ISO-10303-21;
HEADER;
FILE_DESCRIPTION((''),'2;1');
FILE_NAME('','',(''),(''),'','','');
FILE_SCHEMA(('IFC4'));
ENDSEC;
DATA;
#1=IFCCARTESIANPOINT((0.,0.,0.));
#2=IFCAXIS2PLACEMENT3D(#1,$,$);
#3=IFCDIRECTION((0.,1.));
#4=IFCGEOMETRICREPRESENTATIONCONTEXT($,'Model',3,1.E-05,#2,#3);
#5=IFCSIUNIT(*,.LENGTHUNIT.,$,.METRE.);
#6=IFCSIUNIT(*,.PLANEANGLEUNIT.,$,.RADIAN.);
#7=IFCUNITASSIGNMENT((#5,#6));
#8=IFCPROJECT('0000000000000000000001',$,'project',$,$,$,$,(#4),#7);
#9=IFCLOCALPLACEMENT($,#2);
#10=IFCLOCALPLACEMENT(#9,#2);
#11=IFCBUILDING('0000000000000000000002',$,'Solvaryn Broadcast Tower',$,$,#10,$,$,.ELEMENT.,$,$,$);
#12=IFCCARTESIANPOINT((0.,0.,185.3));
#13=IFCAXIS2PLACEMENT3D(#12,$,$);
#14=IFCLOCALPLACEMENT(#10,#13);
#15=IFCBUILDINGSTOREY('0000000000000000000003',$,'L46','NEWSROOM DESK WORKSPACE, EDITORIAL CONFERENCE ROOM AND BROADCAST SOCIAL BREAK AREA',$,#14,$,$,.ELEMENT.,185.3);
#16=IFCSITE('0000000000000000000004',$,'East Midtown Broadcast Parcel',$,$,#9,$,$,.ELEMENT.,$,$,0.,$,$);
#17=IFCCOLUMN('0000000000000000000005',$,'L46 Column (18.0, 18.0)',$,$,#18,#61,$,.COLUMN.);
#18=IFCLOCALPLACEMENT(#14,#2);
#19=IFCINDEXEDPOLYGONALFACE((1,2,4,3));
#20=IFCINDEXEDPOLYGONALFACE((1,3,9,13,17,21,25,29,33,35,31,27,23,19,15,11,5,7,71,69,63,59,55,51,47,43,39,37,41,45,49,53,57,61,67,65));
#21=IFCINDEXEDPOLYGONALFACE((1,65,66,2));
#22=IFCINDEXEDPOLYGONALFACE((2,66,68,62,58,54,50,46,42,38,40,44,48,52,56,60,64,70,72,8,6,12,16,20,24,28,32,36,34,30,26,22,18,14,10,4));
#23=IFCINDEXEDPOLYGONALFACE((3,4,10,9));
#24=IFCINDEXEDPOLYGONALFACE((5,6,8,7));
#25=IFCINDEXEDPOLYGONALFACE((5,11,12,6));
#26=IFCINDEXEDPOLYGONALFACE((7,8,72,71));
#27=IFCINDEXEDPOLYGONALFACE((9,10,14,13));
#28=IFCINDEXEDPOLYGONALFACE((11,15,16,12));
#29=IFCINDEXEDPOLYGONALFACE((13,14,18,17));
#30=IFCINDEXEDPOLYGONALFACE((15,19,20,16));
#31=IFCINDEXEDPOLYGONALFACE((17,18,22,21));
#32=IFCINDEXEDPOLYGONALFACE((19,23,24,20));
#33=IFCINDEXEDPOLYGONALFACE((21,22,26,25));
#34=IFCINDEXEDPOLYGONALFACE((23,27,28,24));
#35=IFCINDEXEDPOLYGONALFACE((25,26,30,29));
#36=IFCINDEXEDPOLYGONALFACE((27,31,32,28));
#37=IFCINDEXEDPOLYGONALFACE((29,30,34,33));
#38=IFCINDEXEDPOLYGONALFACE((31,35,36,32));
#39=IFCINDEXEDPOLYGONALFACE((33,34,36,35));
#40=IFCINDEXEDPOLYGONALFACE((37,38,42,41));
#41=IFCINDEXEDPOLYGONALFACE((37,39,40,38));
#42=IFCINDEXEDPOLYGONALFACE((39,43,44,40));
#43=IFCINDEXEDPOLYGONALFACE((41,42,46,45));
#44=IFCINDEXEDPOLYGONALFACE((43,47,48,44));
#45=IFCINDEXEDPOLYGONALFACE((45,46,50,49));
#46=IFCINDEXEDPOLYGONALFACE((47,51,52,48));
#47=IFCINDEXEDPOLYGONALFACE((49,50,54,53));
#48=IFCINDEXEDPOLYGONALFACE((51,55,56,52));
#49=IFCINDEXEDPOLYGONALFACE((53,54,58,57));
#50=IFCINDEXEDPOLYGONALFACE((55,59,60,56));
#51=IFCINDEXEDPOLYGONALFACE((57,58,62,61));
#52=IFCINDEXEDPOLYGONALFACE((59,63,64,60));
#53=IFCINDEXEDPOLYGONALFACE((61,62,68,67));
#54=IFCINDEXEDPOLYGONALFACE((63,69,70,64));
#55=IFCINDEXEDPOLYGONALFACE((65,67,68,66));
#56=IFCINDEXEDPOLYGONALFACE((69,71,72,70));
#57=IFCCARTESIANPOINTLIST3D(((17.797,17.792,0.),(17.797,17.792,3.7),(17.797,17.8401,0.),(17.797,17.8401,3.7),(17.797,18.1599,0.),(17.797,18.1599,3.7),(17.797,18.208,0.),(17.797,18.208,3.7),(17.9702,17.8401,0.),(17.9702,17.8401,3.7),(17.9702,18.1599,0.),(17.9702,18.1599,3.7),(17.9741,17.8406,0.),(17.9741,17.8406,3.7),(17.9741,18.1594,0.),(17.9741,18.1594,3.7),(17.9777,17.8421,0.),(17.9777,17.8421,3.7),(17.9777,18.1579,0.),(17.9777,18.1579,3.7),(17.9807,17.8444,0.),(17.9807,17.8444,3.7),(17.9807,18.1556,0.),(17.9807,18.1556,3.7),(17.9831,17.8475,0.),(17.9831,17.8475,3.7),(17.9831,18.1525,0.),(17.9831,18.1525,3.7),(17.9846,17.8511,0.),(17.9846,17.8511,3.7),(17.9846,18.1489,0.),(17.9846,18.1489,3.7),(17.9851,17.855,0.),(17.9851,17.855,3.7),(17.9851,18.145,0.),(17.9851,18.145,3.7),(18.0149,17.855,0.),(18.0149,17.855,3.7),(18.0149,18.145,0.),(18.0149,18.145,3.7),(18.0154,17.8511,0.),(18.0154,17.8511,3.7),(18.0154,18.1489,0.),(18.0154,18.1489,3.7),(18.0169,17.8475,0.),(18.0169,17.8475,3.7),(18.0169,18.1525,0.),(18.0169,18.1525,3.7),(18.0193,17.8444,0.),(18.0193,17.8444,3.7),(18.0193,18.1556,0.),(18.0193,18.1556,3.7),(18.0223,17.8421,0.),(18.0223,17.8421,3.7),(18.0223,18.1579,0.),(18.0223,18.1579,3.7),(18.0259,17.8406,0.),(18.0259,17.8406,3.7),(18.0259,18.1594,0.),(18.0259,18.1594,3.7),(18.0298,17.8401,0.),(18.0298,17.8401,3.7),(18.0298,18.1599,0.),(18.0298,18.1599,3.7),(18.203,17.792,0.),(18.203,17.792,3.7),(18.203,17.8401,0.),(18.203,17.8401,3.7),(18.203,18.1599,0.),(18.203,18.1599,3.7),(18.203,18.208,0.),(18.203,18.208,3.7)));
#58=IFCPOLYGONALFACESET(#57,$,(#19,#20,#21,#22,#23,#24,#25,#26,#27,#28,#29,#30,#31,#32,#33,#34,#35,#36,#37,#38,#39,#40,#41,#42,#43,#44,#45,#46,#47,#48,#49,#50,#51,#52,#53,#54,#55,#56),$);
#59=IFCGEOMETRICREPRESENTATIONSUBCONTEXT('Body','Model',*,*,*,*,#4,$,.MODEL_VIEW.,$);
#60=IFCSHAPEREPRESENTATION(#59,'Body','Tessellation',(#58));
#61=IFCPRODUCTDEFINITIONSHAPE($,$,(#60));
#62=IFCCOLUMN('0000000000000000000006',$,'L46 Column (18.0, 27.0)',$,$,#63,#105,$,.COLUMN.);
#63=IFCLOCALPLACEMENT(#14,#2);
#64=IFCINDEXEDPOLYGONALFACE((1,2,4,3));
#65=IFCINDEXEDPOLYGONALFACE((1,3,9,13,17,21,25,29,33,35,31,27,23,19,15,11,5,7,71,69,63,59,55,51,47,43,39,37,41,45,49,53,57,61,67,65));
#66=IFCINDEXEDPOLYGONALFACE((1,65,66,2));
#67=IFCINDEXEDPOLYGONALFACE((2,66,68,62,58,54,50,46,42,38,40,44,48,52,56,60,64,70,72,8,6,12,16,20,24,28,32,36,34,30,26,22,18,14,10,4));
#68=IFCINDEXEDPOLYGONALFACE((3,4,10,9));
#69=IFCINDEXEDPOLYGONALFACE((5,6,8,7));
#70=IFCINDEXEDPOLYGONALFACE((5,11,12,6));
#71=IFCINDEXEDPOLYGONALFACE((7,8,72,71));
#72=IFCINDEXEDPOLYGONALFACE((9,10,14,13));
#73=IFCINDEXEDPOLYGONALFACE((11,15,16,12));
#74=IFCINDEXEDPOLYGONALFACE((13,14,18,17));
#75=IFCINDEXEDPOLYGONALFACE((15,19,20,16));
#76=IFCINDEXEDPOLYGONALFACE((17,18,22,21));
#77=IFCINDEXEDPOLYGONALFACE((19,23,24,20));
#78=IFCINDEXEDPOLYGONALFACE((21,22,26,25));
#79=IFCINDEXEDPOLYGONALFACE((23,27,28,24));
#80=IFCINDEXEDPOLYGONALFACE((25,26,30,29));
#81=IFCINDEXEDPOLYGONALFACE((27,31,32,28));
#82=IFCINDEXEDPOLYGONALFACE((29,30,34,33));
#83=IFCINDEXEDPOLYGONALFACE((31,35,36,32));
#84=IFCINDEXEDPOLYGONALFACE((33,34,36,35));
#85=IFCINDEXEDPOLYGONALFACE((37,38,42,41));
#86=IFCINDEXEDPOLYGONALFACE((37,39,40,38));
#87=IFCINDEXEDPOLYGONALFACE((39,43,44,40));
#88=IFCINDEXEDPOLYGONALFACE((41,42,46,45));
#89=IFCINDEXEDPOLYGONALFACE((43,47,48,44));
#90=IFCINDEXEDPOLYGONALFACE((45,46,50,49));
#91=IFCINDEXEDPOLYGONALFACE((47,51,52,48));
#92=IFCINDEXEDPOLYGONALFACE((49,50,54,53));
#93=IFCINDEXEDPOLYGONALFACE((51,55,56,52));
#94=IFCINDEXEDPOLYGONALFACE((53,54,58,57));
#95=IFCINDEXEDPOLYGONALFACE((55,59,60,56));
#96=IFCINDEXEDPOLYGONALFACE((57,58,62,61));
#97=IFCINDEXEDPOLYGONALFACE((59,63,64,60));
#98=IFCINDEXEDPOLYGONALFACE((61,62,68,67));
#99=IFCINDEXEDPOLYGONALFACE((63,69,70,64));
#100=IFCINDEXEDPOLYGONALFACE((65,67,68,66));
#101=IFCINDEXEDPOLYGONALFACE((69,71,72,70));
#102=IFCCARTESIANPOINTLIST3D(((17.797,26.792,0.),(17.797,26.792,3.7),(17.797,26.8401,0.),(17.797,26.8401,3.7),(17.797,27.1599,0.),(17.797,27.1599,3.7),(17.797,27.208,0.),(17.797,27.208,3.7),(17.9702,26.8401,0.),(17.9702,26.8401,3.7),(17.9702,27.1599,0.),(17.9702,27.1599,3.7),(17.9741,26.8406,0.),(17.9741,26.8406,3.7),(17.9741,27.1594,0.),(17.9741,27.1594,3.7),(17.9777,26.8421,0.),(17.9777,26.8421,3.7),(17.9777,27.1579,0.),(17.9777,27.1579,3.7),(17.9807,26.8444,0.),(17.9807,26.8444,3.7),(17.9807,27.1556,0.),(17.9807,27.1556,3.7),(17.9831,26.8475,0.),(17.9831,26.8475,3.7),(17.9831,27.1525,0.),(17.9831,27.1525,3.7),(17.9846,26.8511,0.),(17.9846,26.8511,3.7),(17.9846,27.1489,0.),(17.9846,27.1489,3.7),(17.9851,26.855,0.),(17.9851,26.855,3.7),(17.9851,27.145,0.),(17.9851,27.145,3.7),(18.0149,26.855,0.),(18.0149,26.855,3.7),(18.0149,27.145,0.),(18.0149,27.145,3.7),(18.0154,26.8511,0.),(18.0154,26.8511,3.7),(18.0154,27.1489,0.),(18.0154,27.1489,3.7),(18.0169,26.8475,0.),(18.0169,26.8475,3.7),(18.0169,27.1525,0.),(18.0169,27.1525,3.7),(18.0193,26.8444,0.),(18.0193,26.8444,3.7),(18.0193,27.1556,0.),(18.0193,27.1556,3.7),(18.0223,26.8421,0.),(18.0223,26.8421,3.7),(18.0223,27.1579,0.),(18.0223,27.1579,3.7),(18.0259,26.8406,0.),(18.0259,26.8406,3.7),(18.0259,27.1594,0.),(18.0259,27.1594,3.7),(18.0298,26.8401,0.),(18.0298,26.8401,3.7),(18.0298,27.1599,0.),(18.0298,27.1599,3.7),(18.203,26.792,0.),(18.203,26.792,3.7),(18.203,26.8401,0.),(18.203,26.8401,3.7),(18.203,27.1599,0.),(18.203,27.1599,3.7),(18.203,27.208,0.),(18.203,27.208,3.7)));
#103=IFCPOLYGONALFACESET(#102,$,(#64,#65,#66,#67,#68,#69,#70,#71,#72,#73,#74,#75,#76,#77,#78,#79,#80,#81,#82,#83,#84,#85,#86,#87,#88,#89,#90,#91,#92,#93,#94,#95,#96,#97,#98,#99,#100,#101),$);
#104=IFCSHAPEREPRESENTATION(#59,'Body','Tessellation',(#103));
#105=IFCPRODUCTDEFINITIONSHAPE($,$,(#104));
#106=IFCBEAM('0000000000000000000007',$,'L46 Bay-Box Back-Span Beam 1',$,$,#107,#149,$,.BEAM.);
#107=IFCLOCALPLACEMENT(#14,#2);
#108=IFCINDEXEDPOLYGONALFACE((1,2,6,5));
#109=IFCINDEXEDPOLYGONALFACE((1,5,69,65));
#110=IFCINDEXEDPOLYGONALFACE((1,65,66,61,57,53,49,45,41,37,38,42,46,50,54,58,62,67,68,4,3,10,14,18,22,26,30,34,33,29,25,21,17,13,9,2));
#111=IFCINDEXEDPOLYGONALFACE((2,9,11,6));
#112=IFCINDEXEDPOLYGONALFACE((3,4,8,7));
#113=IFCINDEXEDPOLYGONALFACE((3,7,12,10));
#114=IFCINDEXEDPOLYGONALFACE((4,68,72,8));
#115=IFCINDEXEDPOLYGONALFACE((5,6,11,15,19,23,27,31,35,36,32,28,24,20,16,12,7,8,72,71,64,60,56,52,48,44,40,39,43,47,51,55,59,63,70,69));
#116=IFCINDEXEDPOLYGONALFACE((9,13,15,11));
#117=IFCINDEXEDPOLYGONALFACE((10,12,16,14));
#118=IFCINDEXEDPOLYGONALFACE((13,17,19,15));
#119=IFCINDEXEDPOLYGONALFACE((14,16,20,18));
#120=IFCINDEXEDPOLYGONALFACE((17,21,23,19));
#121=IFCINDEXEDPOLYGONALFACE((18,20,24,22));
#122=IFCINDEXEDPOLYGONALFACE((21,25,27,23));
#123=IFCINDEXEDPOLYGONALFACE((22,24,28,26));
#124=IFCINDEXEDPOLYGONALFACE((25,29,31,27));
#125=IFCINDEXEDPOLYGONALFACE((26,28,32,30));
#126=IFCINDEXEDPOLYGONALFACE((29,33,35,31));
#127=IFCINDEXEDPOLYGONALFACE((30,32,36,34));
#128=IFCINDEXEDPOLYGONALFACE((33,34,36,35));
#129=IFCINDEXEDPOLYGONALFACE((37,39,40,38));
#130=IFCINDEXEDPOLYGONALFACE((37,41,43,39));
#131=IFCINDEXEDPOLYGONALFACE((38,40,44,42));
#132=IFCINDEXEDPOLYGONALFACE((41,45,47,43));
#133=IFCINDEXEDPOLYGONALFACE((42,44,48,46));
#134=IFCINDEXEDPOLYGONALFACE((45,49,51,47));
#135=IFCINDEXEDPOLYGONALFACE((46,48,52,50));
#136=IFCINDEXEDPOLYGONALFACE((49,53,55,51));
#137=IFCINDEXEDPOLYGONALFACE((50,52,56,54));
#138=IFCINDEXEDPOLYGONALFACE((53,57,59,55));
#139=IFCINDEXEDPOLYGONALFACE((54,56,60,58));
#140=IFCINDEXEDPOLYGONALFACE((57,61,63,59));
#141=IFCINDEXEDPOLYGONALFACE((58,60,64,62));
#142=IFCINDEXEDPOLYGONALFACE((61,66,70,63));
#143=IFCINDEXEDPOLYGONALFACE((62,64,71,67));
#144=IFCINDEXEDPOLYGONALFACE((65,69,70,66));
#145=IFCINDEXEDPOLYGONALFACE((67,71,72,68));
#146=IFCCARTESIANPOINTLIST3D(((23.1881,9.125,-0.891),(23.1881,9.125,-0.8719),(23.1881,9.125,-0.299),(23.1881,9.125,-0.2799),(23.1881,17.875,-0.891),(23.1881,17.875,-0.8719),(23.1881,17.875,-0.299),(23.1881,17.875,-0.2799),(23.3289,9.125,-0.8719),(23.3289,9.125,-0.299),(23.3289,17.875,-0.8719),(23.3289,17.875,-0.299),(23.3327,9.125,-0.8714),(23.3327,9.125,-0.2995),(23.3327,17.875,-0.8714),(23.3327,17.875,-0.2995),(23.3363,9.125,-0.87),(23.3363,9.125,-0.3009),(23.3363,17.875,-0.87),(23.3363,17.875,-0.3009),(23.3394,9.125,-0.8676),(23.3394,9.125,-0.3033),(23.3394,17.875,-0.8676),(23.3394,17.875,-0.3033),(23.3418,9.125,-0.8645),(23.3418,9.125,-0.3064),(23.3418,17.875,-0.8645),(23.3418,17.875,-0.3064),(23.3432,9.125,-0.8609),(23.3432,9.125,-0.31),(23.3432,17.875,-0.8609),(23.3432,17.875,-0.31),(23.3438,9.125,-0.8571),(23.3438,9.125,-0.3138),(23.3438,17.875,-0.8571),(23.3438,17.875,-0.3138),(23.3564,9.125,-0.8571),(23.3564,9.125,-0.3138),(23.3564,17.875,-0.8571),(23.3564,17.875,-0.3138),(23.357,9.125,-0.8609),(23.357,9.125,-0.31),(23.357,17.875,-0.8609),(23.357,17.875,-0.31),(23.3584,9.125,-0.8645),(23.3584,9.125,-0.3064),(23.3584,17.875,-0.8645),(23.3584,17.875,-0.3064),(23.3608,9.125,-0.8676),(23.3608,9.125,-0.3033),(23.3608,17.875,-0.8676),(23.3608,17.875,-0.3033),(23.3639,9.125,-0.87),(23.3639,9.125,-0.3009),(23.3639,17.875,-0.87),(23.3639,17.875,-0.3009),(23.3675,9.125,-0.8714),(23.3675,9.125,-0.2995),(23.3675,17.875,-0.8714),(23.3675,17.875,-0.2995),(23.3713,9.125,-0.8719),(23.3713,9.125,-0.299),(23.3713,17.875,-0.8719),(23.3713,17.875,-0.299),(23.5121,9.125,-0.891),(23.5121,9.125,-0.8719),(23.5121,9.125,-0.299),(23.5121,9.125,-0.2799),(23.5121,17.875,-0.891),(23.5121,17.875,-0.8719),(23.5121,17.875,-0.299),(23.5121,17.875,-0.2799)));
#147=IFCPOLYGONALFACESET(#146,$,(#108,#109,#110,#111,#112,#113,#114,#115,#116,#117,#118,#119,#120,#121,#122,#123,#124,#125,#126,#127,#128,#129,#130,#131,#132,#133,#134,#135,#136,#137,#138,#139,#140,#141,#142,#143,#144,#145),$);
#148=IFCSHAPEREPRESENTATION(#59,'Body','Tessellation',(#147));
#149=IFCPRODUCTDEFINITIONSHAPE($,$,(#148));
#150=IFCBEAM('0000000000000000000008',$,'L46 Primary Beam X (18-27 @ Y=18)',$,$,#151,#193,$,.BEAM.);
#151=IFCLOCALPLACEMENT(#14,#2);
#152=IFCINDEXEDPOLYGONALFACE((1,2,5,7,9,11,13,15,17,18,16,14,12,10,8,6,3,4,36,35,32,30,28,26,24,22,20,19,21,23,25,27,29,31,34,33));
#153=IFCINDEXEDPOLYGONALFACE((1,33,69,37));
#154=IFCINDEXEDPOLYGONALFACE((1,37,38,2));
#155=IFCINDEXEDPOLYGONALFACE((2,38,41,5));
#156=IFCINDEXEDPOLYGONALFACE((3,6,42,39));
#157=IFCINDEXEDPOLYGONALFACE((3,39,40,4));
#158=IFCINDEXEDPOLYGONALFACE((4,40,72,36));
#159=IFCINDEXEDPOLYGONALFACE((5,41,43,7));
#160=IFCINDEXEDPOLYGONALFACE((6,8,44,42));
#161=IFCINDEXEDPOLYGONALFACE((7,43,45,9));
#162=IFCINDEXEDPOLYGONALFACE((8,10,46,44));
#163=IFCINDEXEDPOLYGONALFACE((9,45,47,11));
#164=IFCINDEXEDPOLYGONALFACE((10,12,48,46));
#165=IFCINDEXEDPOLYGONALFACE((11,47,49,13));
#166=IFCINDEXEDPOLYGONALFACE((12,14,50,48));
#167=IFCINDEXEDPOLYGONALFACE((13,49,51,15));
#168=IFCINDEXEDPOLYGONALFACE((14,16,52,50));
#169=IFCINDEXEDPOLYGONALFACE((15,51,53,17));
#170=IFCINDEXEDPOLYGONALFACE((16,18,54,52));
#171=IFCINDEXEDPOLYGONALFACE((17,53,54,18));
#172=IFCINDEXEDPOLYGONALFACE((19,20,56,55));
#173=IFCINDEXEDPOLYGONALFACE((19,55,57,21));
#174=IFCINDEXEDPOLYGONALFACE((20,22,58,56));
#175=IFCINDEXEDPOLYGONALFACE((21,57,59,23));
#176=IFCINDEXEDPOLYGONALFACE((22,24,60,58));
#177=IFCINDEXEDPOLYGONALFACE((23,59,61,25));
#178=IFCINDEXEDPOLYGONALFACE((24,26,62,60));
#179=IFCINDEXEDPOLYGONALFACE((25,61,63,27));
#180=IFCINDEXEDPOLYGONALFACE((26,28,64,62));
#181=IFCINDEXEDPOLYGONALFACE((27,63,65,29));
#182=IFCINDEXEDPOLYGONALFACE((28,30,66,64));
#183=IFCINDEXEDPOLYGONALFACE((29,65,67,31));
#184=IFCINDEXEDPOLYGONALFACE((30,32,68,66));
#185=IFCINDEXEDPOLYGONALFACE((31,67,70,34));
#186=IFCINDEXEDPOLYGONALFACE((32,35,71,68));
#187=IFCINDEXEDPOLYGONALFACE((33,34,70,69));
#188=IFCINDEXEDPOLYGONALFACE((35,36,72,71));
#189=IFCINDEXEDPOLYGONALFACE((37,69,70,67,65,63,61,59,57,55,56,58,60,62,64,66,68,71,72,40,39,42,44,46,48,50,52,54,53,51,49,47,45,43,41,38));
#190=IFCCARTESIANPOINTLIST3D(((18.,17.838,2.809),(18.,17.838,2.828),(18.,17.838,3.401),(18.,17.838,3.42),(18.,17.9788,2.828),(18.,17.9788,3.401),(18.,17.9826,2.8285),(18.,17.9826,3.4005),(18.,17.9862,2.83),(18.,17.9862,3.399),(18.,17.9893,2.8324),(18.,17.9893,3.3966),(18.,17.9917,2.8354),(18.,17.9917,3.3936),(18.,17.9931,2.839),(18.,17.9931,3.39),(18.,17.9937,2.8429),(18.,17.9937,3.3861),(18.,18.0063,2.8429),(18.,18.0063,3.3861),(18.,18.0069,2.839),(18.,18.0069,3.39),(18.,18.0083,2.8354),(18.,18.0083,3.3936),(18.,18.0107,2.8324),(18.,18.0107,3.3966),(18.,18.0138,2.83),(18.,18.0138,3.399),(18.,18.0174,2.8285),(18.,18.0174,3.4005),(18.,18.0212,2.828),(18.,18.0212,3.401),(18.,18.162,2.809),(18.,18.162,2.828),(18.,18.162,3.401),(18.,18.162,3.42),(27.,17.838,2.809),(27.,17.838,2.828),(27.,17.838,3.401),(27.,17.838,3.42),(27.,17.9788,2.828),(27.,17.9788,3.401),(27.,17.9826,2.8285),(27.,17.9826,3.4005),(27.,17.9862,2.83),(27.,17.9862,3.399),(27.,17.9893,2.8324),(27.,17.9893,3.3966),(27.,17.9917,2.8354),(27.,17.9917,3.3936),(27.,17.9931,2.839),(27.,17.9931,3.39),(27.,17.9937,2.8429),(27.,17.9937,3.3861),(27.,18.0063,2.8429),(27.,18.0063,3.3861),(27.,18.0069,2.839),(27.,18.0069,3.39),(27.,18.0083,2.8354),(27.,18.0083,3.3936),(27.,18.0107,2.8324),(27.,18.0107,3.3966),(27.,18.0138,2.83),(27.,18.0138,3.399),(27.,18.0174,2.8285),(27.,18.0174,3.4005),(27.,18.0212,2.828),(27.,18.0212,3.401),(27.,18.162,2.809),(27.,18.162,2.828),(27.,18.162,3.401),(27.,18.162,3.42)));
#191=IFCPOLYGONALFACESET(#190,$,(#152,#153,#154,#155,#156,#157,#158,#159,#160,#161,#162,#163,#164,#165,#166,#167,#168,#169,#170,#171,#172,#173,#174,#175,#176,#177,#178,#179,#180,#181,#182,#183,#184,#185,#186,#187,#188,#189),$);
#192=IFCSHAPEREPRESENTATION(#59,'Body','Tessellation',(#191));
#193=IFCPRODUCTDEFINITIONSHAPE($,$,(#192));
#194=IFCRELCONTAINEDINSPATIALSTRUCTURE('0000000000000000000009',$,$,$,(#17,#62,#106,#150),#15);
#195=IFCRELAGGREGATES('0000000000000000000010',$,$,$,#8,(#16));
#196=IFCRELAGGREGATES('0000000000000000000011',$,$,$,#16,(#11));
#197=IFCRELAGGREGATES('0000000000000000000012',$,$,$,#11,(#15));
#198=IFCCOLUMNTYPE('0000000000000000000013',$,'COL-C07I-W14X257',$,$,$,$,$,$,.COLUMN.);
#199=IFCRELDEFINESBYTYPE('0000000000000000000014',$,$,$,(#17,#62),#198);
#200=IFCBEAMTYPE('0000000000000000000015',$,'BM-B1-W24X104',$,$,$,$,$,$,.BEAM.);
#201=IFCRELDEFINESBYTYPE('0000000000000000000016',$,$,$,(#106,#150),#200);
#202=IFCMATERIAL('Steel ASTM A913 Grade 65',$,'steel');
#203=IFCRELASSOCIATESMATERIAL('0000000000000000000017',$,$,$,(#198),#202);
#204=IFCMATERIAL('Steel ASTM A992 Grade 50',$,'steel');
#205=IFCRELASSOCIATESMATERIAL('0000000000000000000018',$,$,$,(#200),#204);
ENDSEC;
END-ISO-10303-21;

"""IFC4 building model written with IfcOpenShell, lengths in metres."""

from ifc_helpers import new_model, si_unit, direction, frame, origin, origin_2d, place, context, subcontext, project, spatial, i_section, extrude, material, material_profile, profile_set, type_object, element, save


model = new_model("IFC4")

# Units and contexts
model_context = context("Model", 3, precision=1e-05, world=origin(), true_north=direction((0.0, 1.0)))
body_context = subcontext(model_context, "Body", "Model", "MODEL_VIEW")
ifc_project = project(units=[si_unit("LENGTHUNIT", "METRE"), si_unit("PLANEANGLEUNIT", "RADIAN")], contexts=[model_context])

# Site, building, storey
site_placement = place(None, origin())
site = spatial("IfcSite", under=ifc_project, at=site_placement, Name="East Midtown Broadcast Parcel", CompositionType="ELEMENT", RefElevation=0.0)
building_placement = place(site_placement, origin())
building = spatial("IfcBuilding", under=site, at=building_placement, Name="Solvaryn Broadcast Tower", CompositionType="ELEMENT")
storey_placement = place(building_placement, frame((0.0, 0.0, 185.3)))
storey = spatial("IfcBuildingStorey", under=building, at=storey_placement, Name="L46", Description="NEWSROOM DESK WORKSPACE, EDITORIAL CONFERENCE ROOM AND BROADCAST SOCIAL BREAK AREA", CompositionType="ELEMENT", Elevation=185.3)

# Columns
ifc_material_1 = material(Name="Steel ASTM A913 Grade 65", Category="steel")
ifc_material_profile_1 = material_profile(ifc_material_1, i_section(OverallWidth=0.406, OverallDepth=0.416, WebThickness=0.0298, FlangeThickness=0.0481, FilletRadius=0.0149, at=origin_2d()))
ifc_profile_set_1 = profile_set([ifc_material_profile_1], Name="Steel ASTM A913 Grade 65")
column_type = type_object("IfcColumnType", Name="COL-C07I-W14X257", PredefinedType="COLUMN", material=ifc_profile_set_1)
for number, where, z_axis, x_axis, name in (
    (1, (18.0, 18.0, 0.0), (0.0, 0.0, 1.0), (1.0, 0.0, 0.0), "L46 Column (18.0, 18.0)"),
    (2, (18.0, 27.0, 0.0), (0.0, 0.0, 1.0), (1.0, 0.0, 0.0), "L46 Column (18.0, 27.0)"),
):
    element("IfcColumn", number, at=place(storey_placement, frame(where, z_axis=z_axis, x_axis=x_axis)), inside=storey, type_object=column_type, Name=name, PredefinedType="COLUMN", context=body_context, shape_type="SweptSolid", body=[
        extrude(i_section(OverallWidth=0.406, OverallDepth=0.416, WebThickness=0.0298, FlangeThickness=0.0481, FilletRadius=0.0149, at=origin_2d()), origin(), (0.0, 0.0, 1.0), 3.7),
    ])

# Beams
ifc_material_2 = material(Name="Steel ASTM A992 Grade 50", Category="steel")
ifc_material_profile_2 = material_profile(ifc_material_2, i_section(OverallWidth=0.324, OverallDepth=0.6111, WebThickness=0.0127, FlangeThickness=0.019, FilletRadius=0.0149, at=origin_2d()))
ifc_profile_set_2 = profile_set([ifc_material_profile_2], Name="Steel ASTM A992 Grade 50")
beam_type_1 = type_object("IfcBeamType", Name="BM-B1-W24X104", PredefinedType="BEAM", material=ifc_profile_set_2)
beam_1_placement = place(storey_placement, frame((23.3501, 17.875, -0.5854), z_axis=(0.0, -1.0, 0.0), x_axis=(1.0, 0.0, 0.0)))
element("IfcBeam", 3, at=beam_1_placement, inside=storey, type_object=beam_type_1, Name="L46 Bay-Box Back-Span Beam 1", PredefinedType="BEAM", context=body_context, shape_type="SweptSolid", body=[
    extrude(i_section(OverallWidth=0.324, OverallDepth=0.6111, WebThickness=0.0127, FlangeThickness=0.019, FilletRadius=0.0149, at=origin_2d()), origin(), (0.0, 0.0, 1.0), 8.75),
])
for number, where, z_axis, x_axis, name in (
    (4, (18.0, 18.0, 3.1145), (1.0, 0.0, 0.0), (0.0, 1.0, 0.0), "L46 Primary Beam X (18-27 @ Y=18)"),
):
    element("IfcBeam", number, at=place(storey_placement, frame(where, z_axis=z_axis, x_axis=x_axis)), inside=storey, type_object=beam_type_1, Name=name, PredefinedType="BEAM", context=body_context, shape_type="SweptSolid", body=[
        extrude(i_section(OverallWidth=0.324, OverallDepth=0.6111, WebThickness=0.0127, FlangeThickness=0.019, FilletRadius=0.0149, at=origin_2d()), origin(), (0.0, 0.0, 1.0), 9.0),
    ])

save(model, "model.ifc")
